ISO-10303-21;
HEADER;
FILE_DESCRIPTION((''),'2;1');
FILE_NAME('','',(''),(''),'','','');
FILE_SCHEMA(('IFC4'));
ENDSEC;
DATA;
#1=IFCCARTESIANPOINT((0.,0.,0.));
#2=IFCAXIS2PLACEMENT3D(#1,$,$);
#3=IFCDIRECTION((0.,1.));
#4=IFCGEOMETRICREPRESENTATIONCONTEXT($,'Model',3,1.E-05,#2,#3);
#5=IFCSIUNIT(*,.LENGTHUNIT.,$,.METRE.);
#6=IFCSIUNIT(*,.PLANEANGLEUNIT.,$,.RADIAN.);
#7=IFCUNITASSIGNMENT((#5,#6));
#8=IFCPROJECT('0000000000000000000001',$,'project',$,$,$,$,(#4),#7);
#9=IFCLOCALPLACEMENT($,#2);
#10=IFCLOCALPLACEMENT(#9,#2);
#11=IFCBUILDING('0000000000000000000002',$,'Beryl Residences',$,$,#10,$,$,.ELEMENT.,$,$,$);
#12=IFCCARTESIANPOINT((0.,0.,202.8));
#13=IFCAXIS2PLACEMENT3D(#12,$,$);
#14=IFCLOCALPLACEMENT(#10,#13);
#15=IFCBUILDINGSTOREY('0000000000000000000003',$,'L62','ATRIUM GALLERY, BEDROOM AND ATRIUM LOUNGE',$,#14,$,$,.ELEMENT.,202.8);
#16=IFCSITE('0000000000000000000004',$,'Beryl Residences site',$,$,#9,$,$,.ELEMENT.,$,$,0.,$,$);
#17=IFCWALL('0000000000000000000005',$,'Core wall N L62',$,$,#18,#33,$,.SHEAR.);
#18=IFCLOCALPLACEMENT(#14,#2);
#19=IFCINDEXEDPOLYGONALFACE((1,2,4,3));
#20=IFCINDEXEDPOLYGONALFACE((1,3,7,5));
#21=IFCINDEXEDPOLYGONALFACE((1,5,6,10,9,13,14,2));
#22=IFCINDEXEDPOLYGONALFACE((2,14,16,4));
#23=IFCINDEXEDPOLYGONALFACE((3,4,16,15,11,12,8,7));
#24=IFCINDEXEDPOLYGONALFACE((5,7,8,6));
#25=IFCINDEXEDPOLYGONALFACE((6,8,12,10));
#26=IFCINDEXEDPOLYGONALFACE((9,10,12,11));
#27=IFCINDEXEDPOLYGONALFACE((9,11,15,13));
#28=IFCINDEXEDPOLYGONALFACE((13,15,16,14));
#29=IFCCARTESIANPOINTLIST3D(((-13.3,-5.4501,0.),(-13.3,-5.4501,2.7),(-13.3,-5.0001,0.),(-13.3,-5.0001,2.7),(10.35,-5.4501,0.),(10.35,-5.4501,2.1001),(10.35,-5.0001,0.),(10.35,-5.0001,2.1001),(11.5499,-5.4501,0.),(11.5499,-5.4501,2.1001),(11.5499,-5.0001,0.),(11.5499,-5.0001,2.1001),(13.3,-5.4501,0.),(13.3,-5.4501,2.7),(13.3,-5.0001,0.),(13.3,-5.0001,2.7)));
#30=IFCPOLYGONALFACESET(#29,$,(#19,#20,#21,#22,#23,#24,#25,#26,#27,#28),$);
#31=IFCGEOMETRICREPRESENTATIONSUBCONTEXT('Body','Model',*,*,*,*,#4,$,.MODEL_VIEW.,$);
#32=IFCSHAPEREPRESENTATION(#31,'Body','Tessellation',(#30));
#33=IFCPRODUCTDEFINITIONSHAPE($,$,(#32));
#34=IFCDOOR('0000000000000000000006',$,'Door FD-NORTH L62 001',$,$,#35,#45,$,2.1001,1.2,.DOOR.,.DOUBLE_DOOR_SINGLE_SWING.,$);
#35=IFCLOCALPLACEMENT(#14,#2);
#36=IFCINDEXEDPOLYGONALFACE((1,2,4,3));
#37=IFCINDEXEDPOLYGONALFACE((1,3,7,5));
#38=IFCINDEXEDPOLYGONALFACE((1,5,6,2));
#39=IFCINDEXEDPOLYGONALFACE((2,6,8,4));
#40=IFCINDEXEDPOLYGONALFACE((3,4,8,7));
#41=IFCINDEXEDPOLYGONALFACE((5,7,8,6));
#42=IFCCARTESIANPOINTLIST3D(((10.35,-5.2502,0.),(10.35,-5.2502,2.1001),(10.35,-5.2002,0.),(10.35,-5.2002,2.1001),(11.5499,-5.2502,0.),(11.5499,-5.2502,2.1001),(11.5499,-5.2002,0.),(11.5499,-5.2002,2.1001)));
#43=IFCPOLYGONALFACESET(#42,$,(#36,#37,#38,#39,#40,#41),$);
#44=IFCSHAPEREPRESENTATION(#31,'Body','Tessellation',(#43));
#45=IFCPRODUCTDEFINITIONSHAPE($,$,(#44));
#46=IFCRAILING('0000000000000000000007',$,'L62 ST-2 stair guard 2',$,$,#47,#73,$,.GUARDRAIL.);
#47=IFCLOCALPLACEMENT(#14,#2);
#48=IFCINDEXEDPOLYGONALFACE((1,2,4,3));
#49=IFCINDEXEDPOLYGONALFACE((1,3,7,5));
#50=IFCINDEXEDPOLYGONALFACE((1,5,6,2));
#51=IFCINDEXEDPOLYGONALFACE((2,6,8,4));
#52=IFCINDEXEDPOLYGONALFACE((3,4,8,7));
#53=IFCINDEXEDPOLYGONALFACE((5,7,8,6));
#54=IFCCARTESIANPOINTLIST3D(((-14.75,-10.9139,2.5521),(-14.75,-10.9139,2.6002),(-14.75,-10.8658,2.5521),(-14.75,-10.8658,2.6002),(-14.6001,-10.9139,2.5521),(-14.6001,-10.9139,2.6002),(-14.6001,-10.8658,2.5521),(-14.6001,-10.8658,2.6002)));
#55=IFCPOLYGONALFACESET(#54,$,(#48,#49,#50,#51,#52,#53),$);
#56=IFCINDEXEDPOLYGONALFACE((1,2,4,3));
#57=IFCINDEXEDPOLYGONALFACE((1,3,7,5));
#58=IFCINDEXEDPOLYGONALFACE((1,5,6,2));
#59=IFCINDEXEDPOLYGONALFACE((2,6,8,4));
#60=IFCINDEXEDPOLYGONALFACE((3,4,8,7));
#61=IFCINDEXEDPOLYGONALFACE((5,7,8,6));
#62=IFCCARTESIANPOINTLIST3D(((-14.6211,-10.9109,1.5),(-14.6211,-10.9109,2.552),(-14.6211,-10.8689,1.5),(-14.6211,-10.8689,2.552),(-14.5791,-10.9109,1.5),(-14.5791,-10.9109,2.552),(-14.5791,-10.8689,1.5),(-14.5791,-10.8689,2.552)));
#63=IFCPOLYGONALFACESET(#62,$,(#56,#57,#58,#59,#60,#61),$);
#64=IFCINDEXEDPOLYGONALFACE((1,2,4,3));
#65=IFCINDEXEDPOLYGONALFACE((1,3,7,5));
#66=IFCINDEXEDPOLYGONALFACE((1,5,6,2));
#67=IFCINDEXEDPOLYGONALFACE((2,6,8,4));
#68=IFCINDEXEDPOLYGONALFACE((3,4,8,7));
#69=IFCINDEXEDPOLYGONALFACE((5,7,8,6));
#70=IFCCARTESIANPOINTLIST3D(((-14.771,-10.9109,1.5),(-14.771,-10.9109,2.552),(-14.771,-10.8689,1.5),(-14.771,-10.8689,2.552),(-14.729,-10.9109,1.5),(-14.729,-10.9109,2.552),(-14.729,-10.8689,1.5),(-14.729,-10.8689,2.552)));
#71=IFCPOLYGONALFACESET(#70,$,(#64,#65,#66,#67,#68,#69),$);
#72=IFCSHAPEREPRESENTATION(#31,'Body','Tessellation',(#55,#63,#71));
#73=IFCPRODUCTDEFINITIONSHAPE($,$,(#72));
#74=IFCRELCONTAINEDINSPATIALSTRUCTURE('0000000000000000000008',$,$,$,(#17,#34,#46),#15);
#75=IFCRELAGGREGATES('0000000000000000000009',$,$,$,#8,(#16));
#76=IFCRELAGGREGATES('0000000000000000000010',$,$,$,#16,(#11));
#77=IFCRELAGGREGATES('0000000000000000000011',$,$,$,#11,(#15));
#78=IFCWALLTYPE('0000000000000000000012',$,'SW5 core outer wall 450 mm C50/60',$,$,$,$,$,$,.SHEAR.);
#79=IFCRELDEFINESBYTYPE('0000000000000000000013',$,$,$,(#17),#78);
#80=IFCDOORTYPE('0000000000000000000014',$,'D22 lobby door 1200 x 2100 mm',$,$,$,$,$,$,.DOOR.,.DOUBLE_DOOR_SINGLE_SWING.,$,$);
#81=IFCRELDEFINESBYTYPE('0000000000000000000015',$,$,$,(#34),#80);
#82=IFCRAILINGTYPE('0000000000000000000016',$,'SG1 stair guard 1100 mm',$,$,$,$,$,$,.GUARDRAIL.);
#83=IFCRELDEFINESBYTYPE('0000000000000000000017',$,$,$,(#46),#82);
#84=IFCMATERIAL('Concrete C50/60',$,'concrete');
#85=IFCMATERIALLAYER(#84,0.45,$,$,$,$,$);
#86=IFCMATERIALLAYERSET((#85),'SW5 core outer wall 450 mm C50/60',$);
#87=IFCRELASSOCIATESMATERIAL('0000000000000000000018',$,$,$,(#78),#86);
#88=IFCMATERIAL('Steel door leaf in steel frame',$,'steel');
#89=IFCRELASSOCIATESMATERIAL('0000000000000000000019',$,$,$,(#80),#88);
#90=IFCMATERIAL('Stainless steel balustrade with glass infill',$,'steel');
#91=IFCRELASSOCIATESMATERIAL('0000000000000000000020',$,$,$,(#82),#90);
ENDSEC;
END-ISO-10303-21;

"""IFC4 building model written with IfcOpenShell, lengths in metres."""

from ifc_helpers import new_model, si_unit, direction, frame, frame_2d, origin, origin_2d, place, context, subcontext, project, spatial, rectangle, extrude, material, layer, layer_set, type_object, element, fill, save


model = new_model("IFC4")

# Units and contexts
model_context = context("Model", 3, precision=1e-05, world=origin(), true_north=direction((0.0, 1.0)))
body_context = subcontext(model_context, "Body", "Model", "MODEL_VIEW")
ifc_project = project(units=[si_unit("LENGTHUNIT", "METRE"), si_unit("PLANEANGLEUNIT", "RADIAN")], contexts=[model_context])

# Site, building, storey
site_placement = place(None, origin())
site = spatial("IfcSite", under=ifc_project, at=site_placement, Name="Beryl Residences site", CompositionType="ELEMENT", RefElevation=0.0)
building_placement = place(site_placement, origin())
building = spatial("IfcBuilding", under=site, at=building_placement, Name="Beryl Residences", CompositionType="ELEMENT")
storey_placement = place(building_placement, frame((0.0, 0.0, 202.8)))
storey = spatial("IfcBuildingStorey", under=building, at=storey_placement, Name="L62", Description="ATRIUM GALLERY, BEDROOM AND ATRIUM LOUNGE", CompositionType="ELEMENT", Elevation=202.8)

# Wall, opening, door
ifc_material_1 = material(Name="Concrete C50/60", Category="concrete")
ifc_layer_1 = layer(ifc_material_1, 0.45)
ifc_layer_set_1 = layer_set([ifc_layer_1], Name="SW5 core outer wall 450 mm C50/60")
wall_type_1 = type_object("IfcWallType", Name="SW5 core outer wall 450 mm C50/60", PredefinedType="SHEAR", material=ifc_layer_set_1)
wall_1_placement = place(storey_placement, frame((-13.3, -5.2251, 0.0), z_axis=(0.0, 0.0, 1.0), x_axis=(1.0, 0.0, 0.0)))
wall_1 = element("IfcWall", 1, at=wall_1_placement, inside=storey, type_object=wall_type_1, Name="Core wall N L62", PredefinedType="SHEAR", context=body_context, shape_type="SweptSolid", body=[
    extrude(rectangle(XDim=26.6001, YDim=0.45, at=frame_2d((13.3, 0.0))), origin(), (0.0, 0.0, 1.0), 2.7),
])
opening_1_placement = place(wall_1_placement, frame((23.6499, 0.0, 0.0)))
opening_1 = element("IfcOpeningElement", 2, at=opening_1_placement, cuts=wall_1, PredefinedType="OPENING", context=body_context, shape_type="SweptSolid", body=[
    extrude(rectangle(XDim=1.2, YDim=2.1001, at=frame_2d((0.6001, 1.05))), frame((0.0, 0.2349, 0.0), z_axis=(0.0, -1.0, 0.0), x_axis=(1.0, 0.0, 0.0)), (0.0, 0.0, 1.0), 0.47),
])
ifc_material_2 = material(Name="Steel door leaf in steel frame", Category="steel")
door_type_1 = type_object("IfcDoorType", Name="D22 lobby door 1200 x 2100 mm", OperationType="DOUBLE_DOOR_SINGLE_SWING", PredefinedType="DOOR", material=ifc_material_2)
door_1_placement = place(opening_1_placement, origin())
door_1 = element("IfcDoor", 3, at=door_1_placement, inside=storey, type_object=door_type_1, Name="Door FD-NORTH L62 001", OperationType="DOUBLE_DOOR_SINGLE_SWING", OverallHeight=2.1001, OverallWidth=1.2, PredefinedType="DOOR", context=body_context, shape_type="SweptSolid", body=[
    extrude(rectangle(XDim=1.2, YDim=2.1001, at=frame_2d((0.6001, 1.05))), frame((0.0, 0.0249, 0.0), z_axis=(0.0, -1.0, 0.0), x_axis=(1.0, 0.0, 0.0)), (0.0, 0.0, 1.0), 0.05),
])
fill(opening_1, door_1)

# Railing
ifc_material_3 = material(Name="Stainless steel balustrade with glass infill", Category="steel")
railing_type = type_object("IfcRailingType", Name="SG1 stair guard 1100 mm", PredefinedType="GUARDRAIL", material=ifc_material_3)
railing_placement = place(storey_placement, frame((-14.6001, -10.8899, 1.5)))
element("IfcRailing", 4, at=railing_placement, inside=storey, type_object=railing_type, Name="L62 ST-2 stair guard 2", PredefinedType="GUARDRAIL", context=body_context, shape_type="SweptSolid", body=[
    extrude(rectangle(XDim=0.0481, YDim=0.0481, at=origin_2d()), frame((0.0, 0.0, 1.0762), z_axis=(-1.0, 0.0, 0.0), x_axis=(0.0, -1.0, 0.0)), (0.0, 0.0, 1.0), 0.1499),
    extrude(rectangle(XDim=0.042, YDim=0.042, at=origin_2d()), origin(), (0.0, 0.0, 1.0), 1.052),
    extrude(rectangle(XDim=0.042, YDim=0.042, at=origin_2d()), frame((-0.1499, 0.0, 0.0)), (0.0, 0.0, 1.0), 1.052),
])

save(model, "model.ifc")
